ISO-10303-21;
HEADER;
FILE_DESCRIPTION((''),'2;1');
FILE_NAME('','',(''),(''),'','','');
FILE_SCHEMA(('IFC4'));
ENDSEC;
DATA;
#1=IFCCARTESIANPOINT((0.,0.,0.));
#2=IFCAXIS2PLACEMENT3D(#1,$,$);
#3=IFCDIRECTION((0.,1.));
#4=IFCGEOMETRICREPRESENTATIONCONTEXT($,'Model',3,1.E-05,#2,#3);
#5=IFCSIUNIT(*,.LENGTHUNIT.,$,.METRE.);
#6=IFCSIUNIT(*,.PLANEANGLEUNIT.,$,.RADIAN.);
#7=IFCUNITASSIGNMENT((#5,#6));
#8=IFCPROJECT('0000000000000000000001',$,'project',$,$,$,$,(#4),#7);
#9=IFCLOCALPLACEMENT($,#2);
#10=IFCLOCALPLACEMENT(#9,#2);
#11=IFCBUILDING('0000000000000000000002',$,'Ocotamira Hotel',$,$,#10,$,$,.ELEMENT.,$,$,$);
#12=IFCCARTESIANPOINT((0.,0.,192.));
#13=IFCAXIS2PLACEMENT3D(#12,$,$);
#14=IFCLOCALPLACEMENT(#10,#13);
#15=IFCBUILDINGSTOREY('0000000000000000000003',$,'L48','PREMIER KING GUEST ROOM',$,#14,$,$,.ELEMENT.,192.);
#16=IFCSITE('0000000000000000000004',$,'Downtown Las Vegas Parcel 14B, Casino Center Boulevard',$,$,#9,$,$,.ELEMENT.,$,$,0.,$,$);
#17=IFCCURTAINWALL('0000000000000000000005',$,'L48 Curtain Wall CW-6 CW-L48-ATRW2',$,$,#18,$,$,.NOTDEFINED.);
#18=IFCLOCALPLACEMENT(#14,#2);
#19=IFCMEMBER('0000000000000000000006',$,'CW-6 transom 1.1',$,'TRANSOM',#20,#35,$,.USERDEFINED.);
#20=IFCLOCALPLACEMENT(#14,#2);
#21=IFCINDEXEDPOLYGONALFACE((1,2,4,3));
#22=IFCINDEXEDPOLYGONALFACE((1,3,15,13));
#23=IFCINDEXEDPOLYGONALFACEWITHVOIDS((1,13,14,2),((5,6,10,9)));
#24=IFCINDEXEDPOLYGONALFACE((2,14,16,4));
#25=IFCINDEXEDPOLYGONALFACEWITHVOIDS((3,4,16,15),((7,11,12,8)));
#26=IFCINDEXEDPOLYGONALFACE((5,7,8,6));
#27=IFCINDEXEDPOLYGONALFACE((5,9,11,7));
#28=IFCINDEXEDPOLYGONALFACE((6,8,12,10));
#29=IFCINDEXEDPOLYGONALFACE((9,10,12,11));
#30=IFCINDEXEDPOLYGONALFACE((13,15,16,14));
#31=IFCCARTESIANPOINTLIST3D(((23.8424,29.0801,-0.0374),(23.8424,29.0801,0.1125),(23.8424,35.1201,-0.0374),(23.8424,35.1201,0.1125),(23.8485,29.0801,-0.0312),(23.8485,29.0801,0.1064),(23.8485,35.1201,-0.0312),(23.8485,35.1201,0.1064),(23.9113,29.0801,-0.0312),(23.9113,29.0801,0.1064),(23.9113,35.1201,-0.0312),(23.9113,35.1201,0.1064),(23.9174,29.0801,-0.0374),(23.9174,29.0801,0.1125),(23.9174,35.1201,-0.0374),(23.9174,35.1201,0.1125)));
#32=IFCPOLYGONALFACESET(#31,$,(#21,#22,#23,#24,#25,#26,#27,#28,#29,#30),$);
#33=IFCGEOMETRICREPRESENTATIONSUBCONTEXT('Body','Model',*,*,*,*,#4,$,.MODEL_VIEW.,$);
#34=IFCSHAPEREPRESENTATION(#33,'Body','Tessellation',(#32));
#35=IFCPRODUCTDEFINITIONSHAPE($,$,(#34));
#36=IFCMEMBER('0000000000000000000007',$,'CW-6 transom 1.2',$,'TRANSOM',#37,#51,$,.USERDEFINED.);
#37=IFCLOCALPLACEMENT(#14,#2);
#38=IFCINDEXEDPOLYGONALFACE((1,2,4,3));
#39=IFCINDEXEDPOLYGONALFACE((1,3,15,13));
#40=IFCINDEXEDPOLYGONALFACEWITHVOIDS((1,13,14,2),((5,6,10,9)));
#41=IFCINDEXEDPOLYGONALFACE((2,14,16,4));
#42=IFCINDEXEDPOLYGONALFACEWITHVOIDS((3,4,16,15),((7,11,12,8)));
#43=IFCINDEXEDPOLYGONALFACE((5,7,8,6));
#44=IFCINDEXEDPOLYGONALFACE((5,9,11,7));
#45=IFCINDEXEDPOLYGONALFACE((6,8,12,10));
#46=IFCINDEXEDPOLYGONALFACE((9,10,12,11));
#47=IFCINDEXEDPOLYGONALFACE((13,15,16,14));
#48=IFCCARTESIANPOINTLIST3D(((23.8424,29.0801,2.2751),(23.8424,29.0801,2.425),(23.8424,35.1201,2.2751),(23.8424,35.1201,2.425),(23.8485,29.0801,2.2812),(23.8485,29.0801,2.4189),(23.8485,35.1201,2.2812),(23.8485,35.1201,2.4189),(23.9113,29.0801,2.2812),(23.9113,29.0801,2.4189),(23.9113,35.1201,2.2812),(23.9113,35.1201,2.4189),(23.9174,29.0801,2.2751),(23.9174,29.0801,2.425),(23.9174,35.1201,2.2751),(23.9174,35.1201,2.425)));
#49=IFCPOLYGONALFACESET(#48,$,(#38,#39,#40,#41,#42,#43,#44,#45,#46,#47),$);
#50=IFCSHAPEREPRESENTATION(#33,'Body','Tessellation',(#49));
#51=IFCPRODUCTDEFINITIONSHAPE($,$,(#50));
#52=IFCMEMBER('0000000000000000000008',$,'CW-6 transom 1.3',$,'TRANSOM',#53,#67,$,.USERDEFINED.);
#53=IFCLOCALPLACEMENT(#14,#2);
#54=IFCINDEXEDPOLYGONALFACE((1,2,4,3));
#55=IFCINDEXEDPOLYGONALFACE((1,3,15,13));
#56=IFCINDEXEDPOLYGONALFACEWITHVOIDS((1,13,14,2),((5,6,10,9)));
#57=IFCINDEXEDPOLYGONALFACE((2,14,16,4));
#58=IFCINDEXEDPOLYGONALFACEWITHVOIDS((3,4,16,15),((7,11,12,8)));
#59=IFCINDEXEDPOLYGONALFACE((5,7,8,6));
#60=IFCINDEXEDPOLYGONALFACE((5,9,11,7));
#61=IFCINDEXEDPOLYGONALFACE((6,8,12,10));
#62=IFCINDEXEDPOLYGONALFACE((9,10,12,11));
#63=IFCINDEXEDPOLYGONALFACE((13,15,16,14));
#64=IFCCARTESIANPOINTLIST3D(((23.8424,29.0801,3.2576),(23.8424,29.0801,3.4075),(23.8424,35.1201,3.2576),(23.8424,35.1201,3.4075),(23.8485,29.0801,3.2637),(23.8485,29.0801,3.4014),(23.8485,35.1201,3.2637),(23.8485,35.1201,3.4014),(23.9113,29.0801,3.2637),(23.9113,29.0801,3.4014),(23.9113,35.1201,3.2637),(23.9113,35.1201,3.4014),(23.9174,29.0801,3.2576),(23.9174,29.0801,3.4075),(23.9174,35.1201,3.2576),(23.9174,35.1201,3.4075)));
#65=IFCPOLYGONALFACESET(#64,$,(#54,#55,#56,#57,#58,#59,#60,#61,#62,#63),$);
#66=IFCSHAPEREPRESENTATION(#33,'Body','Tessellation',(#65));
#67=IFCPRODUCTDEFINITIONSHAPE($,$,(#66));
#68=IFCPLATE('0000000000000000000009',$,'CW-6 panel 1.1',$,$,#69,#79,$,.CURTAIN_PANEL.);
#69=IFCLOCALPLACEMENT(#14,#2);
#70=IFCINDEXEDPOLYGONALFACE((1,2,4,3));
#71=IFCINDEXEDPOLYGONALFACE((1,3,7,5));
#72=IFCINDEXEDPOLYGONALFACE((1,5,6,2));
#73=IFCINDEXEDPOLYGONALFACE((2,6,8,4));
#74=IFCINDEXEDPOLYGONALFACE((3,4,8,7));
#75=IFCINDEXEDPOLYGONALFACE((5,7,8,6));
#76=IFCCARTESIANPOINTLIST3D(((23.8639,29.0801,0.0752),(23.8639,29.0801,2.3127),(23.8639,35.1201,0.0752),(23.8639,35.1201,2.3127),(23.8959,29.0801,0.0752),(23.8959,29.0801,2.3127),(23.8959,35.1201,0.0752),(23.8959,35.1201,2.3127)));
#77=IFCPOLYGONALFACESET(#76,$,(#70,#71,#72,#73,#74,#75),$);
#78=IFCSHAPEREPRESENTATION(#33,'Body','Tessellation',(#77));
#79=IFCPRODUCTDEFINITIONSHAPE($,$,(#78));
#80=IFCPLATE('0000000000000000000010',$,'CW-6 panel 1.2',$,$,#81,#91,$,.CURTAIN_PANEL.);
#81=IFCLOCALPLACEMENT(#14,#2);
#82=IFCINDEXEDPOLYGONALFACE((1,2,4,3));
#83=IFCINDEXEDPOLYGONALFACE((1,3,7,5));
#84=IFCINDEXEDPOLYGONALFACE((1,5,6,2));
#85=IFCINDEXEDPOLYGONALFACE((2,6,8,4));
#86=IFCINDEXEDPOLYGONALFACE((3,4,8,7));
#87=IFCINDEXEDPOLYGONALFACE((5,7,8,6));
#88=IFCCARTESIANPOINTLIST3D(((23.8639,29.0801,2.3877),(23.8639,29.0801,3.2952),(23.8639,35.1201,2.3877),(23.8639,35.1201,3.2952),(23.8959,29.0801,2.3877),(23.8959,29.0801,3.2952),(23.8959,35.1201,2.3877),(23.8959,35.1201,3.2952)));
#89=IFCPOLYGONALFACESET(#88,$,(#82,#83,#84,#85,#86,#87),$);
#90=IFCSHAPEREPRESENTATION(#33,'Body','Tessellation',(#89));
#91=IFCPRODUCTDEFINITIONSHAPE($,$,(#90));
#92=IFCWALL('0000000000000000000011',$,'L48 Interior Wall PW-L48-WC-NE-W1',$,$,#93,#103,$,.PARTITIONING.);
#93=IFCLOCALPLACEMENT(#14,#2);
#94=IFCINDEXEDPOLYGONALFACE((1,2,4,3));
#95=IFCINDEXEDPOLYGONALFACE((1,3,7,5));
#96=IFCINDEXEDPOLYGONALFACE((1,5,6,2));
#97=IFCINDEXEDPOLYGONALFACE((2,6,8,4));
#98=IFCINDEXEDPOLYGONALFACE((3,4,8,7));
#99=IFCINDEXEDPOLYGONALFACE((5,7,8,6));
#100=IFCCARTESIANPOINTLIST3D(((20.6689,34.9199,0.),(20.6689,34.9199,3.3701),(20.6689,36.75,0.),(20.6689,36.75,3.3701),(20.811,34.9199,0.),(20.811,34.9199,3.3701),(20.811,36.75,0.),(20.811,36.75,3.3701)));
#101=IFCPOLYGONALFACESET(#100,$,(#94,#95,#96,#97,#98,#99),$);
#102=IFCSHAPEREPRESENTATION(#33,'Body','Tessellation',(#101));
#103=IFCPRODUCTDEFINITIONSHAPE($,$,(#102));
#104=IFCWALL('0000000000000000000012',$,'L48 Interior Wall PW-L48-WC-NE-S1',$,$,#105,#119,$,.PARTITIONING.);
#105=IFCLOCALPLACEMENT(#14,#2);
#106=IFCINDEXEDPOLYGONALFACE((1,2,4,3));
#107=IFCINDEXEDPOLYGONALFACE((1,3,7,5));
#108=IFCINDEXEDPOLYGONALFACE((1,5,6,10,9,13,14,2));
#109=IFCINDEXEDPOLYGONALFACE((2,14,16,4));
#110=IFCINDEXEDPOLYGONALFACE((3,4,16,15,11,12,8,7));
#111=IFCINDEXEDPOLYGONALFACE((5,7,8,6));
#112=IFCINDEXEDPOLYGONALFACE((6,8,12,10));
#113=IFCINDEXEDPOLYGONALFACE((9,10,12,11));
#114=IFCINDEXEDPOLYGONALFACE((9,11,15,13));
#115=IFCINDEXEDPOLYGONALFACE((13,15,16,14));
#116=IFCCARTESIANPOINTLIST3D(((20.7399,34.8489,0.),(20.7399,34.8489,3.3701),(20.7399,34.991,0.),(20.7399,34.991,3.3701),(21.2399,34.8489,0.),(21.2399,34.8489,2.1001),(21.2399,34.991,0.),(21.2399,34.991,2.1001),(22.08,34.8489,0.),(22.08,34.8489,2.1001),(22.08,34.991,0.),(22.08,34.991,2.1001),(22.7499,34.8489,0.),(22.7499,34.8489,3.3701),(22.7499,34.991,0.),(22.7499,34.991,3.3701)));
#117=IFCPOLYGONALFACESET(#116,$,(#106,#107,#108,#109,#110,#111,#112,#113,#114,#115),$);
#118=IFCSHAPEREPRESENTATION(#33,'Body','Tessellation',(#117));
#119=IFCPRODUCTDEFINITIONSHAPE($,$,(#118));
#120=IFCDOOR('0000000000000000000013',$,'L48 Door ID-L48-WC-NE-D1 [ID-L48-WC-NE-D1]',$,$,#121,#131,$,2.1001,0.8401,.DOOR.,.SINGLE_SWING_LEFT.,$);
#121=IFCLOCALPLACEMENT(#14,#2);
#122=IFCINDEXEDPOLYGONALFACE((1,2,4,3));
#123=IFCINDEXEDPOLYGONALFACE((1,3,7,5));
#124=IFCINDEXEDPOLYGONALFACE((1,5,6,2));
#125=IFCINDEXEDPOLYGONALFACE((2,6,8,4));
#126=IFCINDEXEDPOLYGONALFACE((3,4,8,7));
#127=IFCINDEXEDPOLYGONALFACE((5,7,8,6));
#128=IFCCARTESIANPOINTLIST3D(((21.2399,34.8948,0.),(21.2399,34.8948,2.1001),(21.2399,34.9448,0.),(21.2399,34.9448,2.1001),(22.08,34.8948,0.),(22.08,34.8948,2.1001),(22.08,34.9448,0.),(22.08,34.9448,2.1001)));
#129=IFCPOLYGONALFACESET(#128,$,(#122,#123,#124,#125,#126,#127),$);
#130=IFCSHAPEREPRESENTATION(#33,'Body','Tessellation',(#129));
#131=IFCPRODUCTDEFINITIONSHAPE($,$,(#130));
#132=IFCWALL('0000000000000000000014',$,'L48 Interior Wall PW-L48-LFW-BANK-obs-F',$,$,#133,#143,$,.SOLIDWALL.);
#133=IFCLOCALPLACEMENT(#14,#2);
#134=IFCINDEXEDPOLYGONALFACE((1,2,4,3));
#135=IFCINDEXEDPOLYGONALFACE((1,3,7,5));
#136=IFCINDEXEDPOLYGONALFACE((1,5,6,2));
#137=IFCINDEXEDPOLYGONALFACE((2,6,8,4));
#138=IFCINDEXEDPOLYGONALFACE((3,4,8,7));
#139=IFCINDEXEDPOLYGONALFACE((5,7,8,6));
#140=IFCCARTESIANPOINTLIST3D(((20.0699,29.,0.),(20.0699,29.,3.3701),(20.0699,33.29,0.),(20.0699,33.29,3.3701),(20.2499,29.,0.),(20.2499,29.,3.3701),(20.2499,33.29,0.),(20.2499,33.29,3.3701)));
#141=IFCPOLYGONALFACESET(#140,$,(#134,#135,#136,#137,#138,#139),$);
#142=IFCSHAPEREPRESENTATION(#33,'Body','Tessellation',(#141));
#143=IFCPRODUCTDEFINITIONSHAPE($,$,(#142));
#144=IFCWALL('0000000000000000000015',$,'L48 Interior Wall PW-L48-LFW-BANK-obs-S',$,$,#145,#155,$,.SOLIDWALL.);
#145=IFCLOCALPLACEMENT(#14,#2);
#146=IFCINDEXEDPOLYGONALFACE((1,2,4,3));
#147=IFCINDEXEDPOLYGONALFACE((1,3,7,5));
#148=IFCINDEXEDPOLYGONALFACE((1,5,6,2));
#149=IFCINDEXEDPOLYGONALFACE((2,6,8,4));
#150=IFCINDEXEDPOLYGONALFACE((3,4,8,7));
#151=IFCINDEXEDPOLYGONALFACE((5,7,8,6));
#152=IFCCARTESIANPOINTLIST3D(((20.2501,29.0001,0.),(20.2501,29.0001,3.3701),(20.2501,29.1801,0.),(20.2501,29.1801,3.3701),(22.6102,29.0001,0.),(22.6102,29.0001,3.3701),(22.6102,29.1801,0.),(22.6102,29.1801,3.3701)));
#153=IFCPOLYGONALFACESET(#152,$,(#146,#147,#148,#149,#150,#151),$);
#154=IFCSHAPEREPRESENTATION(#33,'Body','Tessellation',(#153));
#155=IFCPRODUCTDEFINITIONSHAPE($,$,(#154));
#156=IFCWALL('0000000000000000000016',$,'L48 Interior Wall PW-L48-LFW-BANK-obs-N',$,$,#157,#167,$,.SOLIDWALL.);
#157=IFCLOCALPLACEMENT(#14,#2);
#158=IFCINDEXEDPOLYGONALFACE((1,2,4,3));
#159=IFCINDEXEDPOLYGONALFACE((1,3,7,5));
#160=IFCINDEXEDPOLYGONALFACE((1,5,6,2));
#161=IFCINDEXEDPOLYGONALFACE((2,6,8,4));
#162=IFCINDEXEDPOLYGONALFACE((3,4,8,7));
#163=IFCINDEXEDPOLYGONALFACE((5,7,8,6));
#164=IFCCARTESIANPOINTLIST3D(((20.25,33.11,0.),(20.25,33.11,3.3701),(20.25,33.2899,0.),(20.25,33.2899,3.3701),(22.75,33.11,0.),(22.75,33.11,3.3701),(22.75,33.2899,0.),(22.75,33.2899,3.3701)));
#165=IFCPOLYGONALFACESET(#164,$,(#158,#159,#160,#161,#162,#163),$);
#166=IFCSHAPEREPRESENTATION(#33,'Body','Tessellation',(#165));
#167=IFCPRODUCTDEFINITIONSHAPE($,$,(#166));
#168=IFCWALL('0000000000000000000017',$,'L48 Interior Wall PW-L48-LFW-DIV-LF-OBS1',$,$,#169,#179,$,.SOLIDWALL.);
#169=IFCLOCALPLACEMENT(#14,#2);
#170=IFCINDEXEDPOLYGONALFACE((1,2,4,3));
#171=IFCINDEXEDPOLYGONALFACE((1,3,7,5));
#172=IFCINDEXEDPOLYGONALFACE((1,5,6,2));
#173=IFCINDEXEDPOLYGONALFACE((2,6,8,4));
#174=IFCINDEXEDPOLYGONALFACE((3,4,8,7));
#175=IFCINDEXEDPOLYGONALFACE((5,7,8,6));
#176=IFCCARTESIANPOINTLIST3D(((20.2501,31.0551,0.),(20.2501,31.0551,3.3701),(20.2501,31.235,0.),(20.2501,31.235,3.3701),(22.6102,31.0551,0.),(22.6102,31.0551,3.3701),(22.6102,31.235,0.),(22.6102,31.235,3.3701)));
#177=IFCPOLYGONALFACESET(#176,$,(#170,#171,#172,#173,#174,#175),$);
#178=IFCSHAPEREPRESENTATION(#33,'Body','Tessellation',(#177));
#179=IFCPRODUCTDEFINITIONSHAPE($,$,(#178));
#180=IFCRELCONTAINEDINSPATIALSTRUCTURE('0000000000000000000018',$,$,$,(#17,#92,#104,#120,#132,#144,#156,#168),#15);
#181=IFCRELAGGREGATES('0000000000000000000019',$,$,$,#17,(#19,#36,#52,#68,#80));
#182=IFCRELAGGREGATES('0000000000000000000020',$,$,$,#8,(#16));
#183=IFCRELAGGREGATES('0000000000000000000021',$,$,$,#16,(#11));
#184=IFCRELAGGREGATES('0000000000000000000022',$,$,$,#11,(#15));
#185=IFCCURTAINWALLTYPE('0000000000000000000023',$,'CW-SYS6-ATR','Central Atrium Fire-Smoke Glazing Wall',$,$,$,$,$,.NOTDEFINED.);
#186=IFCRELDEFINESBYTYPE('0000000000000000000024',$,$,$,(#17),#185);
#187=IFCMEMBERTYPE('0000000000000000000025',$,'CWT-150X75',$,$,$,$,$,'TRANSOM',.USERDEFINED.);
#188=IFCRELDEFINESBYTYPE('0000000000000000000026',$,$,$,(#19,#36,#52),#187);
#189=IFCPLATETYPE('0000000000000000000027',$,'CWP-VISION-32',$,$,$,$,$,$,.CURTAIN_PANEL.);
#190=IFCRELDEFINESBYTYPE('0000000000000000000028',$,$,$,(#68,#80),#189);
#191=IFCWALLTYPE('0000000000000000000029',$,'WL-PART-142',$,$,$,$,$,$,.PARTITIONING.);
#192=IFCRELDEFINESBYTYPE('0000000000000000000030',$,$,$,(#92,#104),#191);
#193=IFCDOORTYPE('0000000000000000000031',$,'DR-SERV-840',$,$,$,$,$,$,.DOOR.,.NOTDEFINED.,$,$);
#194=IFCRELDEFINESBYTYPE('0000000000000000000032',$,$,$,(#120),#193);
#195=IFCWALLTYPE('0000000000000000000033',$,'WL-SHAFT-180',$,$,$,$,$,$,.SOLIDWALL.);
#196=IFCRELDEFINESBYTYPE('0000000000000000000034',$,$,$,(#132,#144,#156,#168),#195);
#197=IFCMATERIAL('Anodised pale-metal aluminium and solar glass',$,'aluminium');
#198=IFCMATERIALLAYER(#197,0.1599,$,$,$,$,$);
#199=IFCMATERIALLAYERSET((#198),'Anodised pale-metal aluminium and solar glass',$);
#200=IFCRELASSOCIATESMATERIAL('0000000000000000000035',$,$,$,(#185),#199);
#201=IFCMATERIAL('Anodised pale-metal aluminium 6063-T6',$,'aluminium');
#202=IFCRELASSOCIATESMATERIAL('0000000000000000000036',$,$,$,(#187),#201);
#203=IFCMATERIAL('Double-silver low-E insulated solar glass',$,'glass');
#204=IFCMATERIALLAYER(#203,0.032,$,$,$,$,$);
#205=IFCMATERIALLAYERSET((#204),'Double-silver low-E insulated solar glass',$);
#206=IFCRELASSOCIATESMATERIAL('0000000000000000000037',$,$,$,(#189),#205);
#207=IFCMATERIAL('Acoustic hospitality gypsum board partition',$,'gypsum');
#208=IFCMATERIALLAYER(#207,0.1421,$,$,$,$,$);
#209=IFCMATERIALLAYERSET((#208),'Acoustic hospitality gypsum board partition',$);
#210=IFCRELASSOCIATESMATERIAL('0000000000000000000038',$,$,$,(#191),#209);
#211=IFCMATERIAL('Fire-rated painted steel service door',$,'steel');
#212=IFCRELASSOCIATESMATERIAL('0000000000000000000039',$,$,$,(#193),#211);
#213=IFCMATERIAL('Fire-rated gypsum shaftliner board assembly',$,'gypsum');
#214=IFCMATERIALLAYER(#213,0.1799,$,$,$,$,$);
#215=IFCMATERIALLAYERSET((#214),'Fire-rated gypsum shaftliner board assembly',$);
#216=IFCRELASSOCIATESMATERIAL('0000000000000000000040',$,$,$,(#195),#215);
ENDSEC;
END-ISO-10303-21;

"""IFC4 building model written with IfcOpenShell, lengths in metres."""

from ifc_helpers import new_model, si_unit, direction, frame, frame_2d, origin, origin_2d, place, context, subcontext, project, spatial, rectangle, hollow_rectangle, extrude, source, transform, mapped, material, layer, layer_set, material_profile, profile_set, type_object, element, fill, aggregate, save


model = new_model("IFC4")

# Units and contexts
model_context = context("Model", 3, precision=1e-05, world=origin(), true_north=direction((0.0, 1.0)))
body_context = subcontext(model_context, "Body", "Model", "MODEL_VIEW")
ifc_project = project(units=[si_unit("LENGTHUNIT", "METRE"), si_unit("PLANEANGLEUNIT", "RADIAN")], contexts=[model_context])

# Site, building, storey
site_placement = place(None, origin())
site = spatial("IfcSite", under=ifc_project, at=site_placement, Name="Downtown Las Vegas Parcel 14B, Casino Center Boulevard", CompositionType="ELEMENT", RefElevation=0.0)
building_placement = place(site_placement, origin())
building = spatial("IfcBuilding", under=site, at=building_placement, Name="Ocotamira Hotel", CompositionType="ELEMENT")
storey_placement = place(building_placement, frame((0.0, 0.0, 192.0)))
storey = spatial("IfcBuildingStorey", under=building, at=storey_placement, Name="L48", Description="PREMIER KING GUEST ROOM", CompositionType="ELEMENT", Elevation=192.0)

# Shared definitions
ifc_material_1 = material(Name="Anodised pale-metal aluminium and solar glass", Category="aluminium")
ifc_layer_1 = layer(ifc_material_1, 0.1599)
ifc_layer_set_1 = layer_set([ifc_layer_1], Name="Anodised pale-metal aluminium and solar glass")
curtain_wall_type = type_object("IfcCurtainWallType", Name="CW-SYS6-ATR", Description="Central Atrium Fire-Smoke Glazing Wall", PredefinedType="NOTDEFINED", material=ifc_layer_set_1)
ifc_material_2 = material(Name="Anodised pale-metal aluminium 6063-T6", Category="aluminium")

# Curtain wall, members, plates
curtain_wall_1_placement = place(storey_placement, origin())
curtain_wall_1 = element("IfcCurtainWall", 1, at=curtain_wall_1_placement, inside=storey, type_object=curtain_wall_type, Name="L48 Curtain Wall CW-6 CW-L48-ATRW2", PredefinedType="NOTDEFINED")
ifc_material_profile_1 = material_profile(ifc_material_2, hollow_rectangle(XDim=0.075, YDim=0.1499, WallThickness=0.0061, at=origin_2d()), Name="HSS150X75X6")
ifc_profile_set_1 = profile_set([ifc_material_profile_1], Name="Anodised pale-metal aluminium 6063-T6")
member_type_1 = type_object("IfcMemberType", Name="CWT-150X75", ElementType="TRANSOM", PredefinedType="USERDEFINED", material=ifc_profile_set_1)
shared_shape_1 = source(origin(), body_context, "Body", "SweptSolid", [
    extrude(hollow_rectangle(XDim=0.075, YDim=0.1499, WallThickness=0.0061, at=origin_2d()), origin(), (0.0, 0.0, 1.0), 6.04),
])
member_1_placement = place(storey_placement, frame((23.8799, 29.0801, 0.0376), z_axis=(0.0, 1.0, 0.0), x_axis=(-1.0, 0.0, 0.0)))
member_1 = element("IfcMember", 2, at=member_1_placement, type_object=member_type_1, Name="CW-6 transom 1.1", ObjectType="TRANSOM", PredefinedType="USERDEFINED", context=body_context, shape_type="MappedRepresentation", body=[
    mapped(shared_shape_1, transform((0.0, 0.0, 0.0), scale=1.0)),
])
member_2_placement = place(storey_placement, frame((23.8799, 29.0801, 2.3501), z_axis=(0.0, 1.0, 0.0), x_axis=(-1.0, 0.0, 0.0)))
member_2 = element("IfcMember", 3, at=member_2_placement, type_object=member_type_1, Name="CW-6 transom 1.2", ObjectType="TRANSOM", PredefinedType="USERDEFINED", context=body_context, shape_type="MappedRepresentation", body=[
    mapped(shared_shape_1, transform((0.0, 0.0, 0.0), scale=1.0)),
])
member_3_placement = place(storey_placement, frame((23.8799, 29.0801, 3.3325), z_axis=(0.0, 1.0, 0.0), x_axis=(-1.0, 0.0, 0.0)))
member_3 = element("IfcMember", 4, at=member_3_placement, type_object=member_type_1, Name="CW-6 transom 1.3", ObjectType="TRANSOM", PredefinedType="USERDEFINED", context=body_context, shape_type="MappedRepresentation", body=[
    mapped(shared_shape_1, transform((0.0, 0.0, 0.0), scale=1.0)),
])
ifc_material_3 = material(Name="Double-silver low-E insulated solar glass", Category="glass")
ifc_layer_2 = layer(ifc_material_3, 0.032)
ifc_layer_set_2 = layer_set([ifc_layer_2], Name="Double-silver low-E insulated solar glass")
plate_type = type_object("IfcPlateType", Name="CWP-VISION-32", PredefinedType="CURTAIN_PANEL", material=ifc_layer_set_2)
shared_shape_2 = source(origin(), body_context, "Body", "SweptSolid", [
    extrude(rectangle(XDim=6.04, YDim=0.032, at=origin_2d()), origin(), (0.0, 0.0, 1.0), 2.2375),
])
plate_1_placement = place(storey_placement, frame((23.8799, 32.1001, 0.0752), z_axis=(0.0, 0.0, 1.0), x_axis=(0.0, 1.0, 0.0)))
plate_1 = element("IfcPlate", 5, at=plate_1_placement, type_object=plate_type, Name="CW-6 panel 1.1", PredefinedType="CURTAIN_PANEL", context=body_context, shape_type="MappedRepresentation", body=[
    mapped(shared_shape_2, transform((0.0, 0.0, 0.0), scale=1.0)),
])
shared_shape_3 = source(origin(), body_context, "Body", "SweptSolid", [
    extrude(rectangle(XDim=6.04, YDim=0.032, at=origin_2d()), origin(), (0.0, 0.0, 1.0), 0.9075),
])
plate_2_placement = place(storey_placement, frame((23.8799, 32.1001, 2.3877), z_axis=(0.0, 0.0, 1.0), x_axis=(0.0, 1.0, 0.0)))
plate_2 = element("IfcPlate", 6, at=plate_2_placement, type_object=plate_type, Name="CW-6 panel 1.2", PredefinedType="CURTAIN_PANEL", context=body_context, shape_type="MappedRepresentation", body=[
    mapped(shared_shape_3, transform((0.0, 0.0, 0.0), scale=1.0)),
])
aggregate(curtain_wall_1, [member_1, member_2, member_3, plate_1, plate_2])

# Wall
ifc_material_4 = material(Name="Acoustic hospitality gypsum board partition", Category="gypsum")
ifc_layer_3 = layer(ifc_material_4, 0.1421)
ifc_layer_set_3 = layer_set([ifc_layer_3], Name="Acoustic hospitality gypsum board partition")
wall_type_1 = type_object("IfcWallType", Name="WL-PART-142", PredefinedType="PARTITIONING", material=ifc_layer_set_3)
wall_1_placement = place(storey_placement, frame((20.74, 34.9199, 0.0), z_axis=(0.0, 0.0, 1.0), x_axis=(0.0, 1.0, 0.0)))
element("IfcWall", 7, at=wall_1_placement, inside=storey, type_object=wall_type_1, Name="L48 Interior Wall PW-L48-WC-NE-W1", PredefinedType="PARTITIONING", context=body_context, shape_type="SweptSolid", body=[
    extrude(rectangle(XDim=1.8301, YDim=0.1421, at=frame_2d((0.915, 0.0))), origin(), (0.0, 0.0, 1.0), 3.3701),
])

# Wall, opening, door
wall_2_placement = place(storey_placement, frame((20.74, 34.9199, 0.0), z_axis=(0.0, 0.0, 1.0), x_axis=(1.0, 0.0, 0.0)))
wall_2 = element("IfcWall", 8, at=wall_2_placement, inside=storey, type_object=wall_type_1, Name="L48 Interior Wall PW-L48-WC-NE-S1", PredefinedType="PARTITIONING", context=body_context, shape_type="SweptSolid", body=[
    extrude(rectangle(XDim=2.01, YDim=0.1421, at=frame_2d((1.0049, 0.0))), origin(), (0.0, 0.0, 1.0), 3.3701),
])
opening_1_placement = place(wall_2_placement, frame((0.5, 0.0, 0.0)))
opening_1 = element("IfcOpeningElement", 9, at=opening_1_placement, cuts=wall_2, PredefinedType="OPENING", context=body_context, shape_type="SweptSolid", body=[
    extrude(rectangle(XDim=0.8401, YDim=2.1001, at=frame_2d((0.4199, 1.05))), frame((0.0, 0.0811, 0.0), z_axis=(0.0, -1.0, 0.0), x_axis=(1.0, 0.0, 0.0)), (0.0, 0.0, 1.0), 0.1621),
])
ifc_material_5 = material(Name="Fire-rated painted steel service door", Category="steel")
door_type_1 = type_object("IfcDoorType", Name="DR-SERV-840", OperationType="NOTDEFINED", PredefinedType="DOOR", material=ifc_material_5)
shared_shape_4 = source(origin(), body_context, "Body", "SweptSolid", [
    extrude(rectangle(XDim=0.8401, YDim=2.1001, at=frame_2d((0.4199, 1.05))), frame((0.0, 0.0249, 0.0), z_axis=(0.0, -1.0, 0.0), x_axis=(1.0, 0.0, 0.0)), (0.0, 0.0, 1.0), 0.05),
])
door_1_placement = place(opening_1_placement, origin())
door_1 = element("IfcDoor", 10, at=door_1_placement, inside=storey, type_object=door_type_1, Name="L48 Door ID-L48-WC-NE-D1 [ID-L48-WC-NE-D1]", OperationType="SINGLE_SWING_LEFT", OverallHeight=2.1001, OverallWidth=0.8401, PredefinedType="DOOR", context=body_context, shape_type="MappedRepresentation", body=[
    mapped(shared_shape_4, transform((0.0, 0.0, 0.0), scale=1.0)),
])
fill(opening_1, door_1)

# Walls
ifc_material_6 = material(Name="Fire-rated gypsum shaftliner board assembly", Category="gypsum")
ifc_layer_4 = layer(ifc_material_6, 0.1799)
ifc_layer_set_4 = layer_set([ifc_layer_4], Name="Fire-rated gypsum shaftliner board assembly")
wall_type_2 = type_object("IfcWallType", Name="WL-SHAFT-180", PredefinedType="SOLIDWALL", material=ifc_layer_set_4)
wall_3_placement = place(storey_placement, frame((20.1599, 29.0, 0.0), z_axis=(0.0, 0.0, 1.0), x_axis=(0.0, 1.0, 0.0)))
element("IfcWall", 11, at=wall_3_placement, inside=storey, type_object=wall_type_2, Name="L48 Interior Wall PW-L48-LFW-BANK-obs-F", PredefinedType="SOLIDWALL", context=body_context, shape_type="SweptSolid", body=[
    extrude(rectangle(XDim=4.29, YDim=0.1799, at=frame_2d((2.145, 0.0))), origin(), (0.0, 0.0, 1.0), 3.3701),
])
wall_4_placement = place(storey_placement, frame((20.25, 29.0901, 0.0), z_axis=(0.0, 0.0, 1.0), x_axis=(1.0, 0.0, 0.0)))
element("IfcWall", 12, at=wall_4_placement, inside=storey, type_object=wall_type_2, Name="L48 Interior Wall PW-L48-LFW-BANK-obs-S", PredefinedType="SOLIDWALL", context=body_context, shape_type="SweptSolid", body=[
    extrude(rectangle(XDim=2.3601, YDim=0.1799, at=frame_2d((1.1802, 0.0))), origin(), (0.0, 0.0, 1.0), 3.3701),
])
wall_5_placement = place(storey_placement, frame((20.25, 33.2, 0.0), z_axis=(0.0, 0.0, 1.0), x_axis=(1.0, 0.0, 0.0)))
element("IfcWall", 13, at=wall_5_placement, inside=storey, type_object=wall_type_2, Name="L48 Interior Wall PW-L48-LFW-BANK-obs-N", PredefinedType="SOLIDWALL", context=body_context, shape_type="SweptSolid", body=[
    extrude(rectangle(XDim=2.5, YDim=0.1799, at=frame_2d((1.25, 0.0))), origin(), (0.0, 0.0, 1.0), 3.3701),
])
wall_6_placement = place(storey_placement, frame((20.25, 31.145, 0.0), z_axis=(0.0, 0.0, 1.0), x_axis=(1.0, 0.0, 0.0)))
element("IfcWall", 14, at=wall_6_placement, inside=storey, type_object=wall_type_2, Name="L48 Interior Wall PW-L48-LFW-DIV-LF-OBS1", PredefinedType="SOLIDWALL", context=body_context, shape_type="SweptSolid", body=[
    extrude(rectangle(XDim=2.3601, YDim=0.1799, at=frame_2d((1.1802, 0.0))), origin(), (0.0, 0.0, 1.0), 3.3701),
])

save(model, "model.ifc")
